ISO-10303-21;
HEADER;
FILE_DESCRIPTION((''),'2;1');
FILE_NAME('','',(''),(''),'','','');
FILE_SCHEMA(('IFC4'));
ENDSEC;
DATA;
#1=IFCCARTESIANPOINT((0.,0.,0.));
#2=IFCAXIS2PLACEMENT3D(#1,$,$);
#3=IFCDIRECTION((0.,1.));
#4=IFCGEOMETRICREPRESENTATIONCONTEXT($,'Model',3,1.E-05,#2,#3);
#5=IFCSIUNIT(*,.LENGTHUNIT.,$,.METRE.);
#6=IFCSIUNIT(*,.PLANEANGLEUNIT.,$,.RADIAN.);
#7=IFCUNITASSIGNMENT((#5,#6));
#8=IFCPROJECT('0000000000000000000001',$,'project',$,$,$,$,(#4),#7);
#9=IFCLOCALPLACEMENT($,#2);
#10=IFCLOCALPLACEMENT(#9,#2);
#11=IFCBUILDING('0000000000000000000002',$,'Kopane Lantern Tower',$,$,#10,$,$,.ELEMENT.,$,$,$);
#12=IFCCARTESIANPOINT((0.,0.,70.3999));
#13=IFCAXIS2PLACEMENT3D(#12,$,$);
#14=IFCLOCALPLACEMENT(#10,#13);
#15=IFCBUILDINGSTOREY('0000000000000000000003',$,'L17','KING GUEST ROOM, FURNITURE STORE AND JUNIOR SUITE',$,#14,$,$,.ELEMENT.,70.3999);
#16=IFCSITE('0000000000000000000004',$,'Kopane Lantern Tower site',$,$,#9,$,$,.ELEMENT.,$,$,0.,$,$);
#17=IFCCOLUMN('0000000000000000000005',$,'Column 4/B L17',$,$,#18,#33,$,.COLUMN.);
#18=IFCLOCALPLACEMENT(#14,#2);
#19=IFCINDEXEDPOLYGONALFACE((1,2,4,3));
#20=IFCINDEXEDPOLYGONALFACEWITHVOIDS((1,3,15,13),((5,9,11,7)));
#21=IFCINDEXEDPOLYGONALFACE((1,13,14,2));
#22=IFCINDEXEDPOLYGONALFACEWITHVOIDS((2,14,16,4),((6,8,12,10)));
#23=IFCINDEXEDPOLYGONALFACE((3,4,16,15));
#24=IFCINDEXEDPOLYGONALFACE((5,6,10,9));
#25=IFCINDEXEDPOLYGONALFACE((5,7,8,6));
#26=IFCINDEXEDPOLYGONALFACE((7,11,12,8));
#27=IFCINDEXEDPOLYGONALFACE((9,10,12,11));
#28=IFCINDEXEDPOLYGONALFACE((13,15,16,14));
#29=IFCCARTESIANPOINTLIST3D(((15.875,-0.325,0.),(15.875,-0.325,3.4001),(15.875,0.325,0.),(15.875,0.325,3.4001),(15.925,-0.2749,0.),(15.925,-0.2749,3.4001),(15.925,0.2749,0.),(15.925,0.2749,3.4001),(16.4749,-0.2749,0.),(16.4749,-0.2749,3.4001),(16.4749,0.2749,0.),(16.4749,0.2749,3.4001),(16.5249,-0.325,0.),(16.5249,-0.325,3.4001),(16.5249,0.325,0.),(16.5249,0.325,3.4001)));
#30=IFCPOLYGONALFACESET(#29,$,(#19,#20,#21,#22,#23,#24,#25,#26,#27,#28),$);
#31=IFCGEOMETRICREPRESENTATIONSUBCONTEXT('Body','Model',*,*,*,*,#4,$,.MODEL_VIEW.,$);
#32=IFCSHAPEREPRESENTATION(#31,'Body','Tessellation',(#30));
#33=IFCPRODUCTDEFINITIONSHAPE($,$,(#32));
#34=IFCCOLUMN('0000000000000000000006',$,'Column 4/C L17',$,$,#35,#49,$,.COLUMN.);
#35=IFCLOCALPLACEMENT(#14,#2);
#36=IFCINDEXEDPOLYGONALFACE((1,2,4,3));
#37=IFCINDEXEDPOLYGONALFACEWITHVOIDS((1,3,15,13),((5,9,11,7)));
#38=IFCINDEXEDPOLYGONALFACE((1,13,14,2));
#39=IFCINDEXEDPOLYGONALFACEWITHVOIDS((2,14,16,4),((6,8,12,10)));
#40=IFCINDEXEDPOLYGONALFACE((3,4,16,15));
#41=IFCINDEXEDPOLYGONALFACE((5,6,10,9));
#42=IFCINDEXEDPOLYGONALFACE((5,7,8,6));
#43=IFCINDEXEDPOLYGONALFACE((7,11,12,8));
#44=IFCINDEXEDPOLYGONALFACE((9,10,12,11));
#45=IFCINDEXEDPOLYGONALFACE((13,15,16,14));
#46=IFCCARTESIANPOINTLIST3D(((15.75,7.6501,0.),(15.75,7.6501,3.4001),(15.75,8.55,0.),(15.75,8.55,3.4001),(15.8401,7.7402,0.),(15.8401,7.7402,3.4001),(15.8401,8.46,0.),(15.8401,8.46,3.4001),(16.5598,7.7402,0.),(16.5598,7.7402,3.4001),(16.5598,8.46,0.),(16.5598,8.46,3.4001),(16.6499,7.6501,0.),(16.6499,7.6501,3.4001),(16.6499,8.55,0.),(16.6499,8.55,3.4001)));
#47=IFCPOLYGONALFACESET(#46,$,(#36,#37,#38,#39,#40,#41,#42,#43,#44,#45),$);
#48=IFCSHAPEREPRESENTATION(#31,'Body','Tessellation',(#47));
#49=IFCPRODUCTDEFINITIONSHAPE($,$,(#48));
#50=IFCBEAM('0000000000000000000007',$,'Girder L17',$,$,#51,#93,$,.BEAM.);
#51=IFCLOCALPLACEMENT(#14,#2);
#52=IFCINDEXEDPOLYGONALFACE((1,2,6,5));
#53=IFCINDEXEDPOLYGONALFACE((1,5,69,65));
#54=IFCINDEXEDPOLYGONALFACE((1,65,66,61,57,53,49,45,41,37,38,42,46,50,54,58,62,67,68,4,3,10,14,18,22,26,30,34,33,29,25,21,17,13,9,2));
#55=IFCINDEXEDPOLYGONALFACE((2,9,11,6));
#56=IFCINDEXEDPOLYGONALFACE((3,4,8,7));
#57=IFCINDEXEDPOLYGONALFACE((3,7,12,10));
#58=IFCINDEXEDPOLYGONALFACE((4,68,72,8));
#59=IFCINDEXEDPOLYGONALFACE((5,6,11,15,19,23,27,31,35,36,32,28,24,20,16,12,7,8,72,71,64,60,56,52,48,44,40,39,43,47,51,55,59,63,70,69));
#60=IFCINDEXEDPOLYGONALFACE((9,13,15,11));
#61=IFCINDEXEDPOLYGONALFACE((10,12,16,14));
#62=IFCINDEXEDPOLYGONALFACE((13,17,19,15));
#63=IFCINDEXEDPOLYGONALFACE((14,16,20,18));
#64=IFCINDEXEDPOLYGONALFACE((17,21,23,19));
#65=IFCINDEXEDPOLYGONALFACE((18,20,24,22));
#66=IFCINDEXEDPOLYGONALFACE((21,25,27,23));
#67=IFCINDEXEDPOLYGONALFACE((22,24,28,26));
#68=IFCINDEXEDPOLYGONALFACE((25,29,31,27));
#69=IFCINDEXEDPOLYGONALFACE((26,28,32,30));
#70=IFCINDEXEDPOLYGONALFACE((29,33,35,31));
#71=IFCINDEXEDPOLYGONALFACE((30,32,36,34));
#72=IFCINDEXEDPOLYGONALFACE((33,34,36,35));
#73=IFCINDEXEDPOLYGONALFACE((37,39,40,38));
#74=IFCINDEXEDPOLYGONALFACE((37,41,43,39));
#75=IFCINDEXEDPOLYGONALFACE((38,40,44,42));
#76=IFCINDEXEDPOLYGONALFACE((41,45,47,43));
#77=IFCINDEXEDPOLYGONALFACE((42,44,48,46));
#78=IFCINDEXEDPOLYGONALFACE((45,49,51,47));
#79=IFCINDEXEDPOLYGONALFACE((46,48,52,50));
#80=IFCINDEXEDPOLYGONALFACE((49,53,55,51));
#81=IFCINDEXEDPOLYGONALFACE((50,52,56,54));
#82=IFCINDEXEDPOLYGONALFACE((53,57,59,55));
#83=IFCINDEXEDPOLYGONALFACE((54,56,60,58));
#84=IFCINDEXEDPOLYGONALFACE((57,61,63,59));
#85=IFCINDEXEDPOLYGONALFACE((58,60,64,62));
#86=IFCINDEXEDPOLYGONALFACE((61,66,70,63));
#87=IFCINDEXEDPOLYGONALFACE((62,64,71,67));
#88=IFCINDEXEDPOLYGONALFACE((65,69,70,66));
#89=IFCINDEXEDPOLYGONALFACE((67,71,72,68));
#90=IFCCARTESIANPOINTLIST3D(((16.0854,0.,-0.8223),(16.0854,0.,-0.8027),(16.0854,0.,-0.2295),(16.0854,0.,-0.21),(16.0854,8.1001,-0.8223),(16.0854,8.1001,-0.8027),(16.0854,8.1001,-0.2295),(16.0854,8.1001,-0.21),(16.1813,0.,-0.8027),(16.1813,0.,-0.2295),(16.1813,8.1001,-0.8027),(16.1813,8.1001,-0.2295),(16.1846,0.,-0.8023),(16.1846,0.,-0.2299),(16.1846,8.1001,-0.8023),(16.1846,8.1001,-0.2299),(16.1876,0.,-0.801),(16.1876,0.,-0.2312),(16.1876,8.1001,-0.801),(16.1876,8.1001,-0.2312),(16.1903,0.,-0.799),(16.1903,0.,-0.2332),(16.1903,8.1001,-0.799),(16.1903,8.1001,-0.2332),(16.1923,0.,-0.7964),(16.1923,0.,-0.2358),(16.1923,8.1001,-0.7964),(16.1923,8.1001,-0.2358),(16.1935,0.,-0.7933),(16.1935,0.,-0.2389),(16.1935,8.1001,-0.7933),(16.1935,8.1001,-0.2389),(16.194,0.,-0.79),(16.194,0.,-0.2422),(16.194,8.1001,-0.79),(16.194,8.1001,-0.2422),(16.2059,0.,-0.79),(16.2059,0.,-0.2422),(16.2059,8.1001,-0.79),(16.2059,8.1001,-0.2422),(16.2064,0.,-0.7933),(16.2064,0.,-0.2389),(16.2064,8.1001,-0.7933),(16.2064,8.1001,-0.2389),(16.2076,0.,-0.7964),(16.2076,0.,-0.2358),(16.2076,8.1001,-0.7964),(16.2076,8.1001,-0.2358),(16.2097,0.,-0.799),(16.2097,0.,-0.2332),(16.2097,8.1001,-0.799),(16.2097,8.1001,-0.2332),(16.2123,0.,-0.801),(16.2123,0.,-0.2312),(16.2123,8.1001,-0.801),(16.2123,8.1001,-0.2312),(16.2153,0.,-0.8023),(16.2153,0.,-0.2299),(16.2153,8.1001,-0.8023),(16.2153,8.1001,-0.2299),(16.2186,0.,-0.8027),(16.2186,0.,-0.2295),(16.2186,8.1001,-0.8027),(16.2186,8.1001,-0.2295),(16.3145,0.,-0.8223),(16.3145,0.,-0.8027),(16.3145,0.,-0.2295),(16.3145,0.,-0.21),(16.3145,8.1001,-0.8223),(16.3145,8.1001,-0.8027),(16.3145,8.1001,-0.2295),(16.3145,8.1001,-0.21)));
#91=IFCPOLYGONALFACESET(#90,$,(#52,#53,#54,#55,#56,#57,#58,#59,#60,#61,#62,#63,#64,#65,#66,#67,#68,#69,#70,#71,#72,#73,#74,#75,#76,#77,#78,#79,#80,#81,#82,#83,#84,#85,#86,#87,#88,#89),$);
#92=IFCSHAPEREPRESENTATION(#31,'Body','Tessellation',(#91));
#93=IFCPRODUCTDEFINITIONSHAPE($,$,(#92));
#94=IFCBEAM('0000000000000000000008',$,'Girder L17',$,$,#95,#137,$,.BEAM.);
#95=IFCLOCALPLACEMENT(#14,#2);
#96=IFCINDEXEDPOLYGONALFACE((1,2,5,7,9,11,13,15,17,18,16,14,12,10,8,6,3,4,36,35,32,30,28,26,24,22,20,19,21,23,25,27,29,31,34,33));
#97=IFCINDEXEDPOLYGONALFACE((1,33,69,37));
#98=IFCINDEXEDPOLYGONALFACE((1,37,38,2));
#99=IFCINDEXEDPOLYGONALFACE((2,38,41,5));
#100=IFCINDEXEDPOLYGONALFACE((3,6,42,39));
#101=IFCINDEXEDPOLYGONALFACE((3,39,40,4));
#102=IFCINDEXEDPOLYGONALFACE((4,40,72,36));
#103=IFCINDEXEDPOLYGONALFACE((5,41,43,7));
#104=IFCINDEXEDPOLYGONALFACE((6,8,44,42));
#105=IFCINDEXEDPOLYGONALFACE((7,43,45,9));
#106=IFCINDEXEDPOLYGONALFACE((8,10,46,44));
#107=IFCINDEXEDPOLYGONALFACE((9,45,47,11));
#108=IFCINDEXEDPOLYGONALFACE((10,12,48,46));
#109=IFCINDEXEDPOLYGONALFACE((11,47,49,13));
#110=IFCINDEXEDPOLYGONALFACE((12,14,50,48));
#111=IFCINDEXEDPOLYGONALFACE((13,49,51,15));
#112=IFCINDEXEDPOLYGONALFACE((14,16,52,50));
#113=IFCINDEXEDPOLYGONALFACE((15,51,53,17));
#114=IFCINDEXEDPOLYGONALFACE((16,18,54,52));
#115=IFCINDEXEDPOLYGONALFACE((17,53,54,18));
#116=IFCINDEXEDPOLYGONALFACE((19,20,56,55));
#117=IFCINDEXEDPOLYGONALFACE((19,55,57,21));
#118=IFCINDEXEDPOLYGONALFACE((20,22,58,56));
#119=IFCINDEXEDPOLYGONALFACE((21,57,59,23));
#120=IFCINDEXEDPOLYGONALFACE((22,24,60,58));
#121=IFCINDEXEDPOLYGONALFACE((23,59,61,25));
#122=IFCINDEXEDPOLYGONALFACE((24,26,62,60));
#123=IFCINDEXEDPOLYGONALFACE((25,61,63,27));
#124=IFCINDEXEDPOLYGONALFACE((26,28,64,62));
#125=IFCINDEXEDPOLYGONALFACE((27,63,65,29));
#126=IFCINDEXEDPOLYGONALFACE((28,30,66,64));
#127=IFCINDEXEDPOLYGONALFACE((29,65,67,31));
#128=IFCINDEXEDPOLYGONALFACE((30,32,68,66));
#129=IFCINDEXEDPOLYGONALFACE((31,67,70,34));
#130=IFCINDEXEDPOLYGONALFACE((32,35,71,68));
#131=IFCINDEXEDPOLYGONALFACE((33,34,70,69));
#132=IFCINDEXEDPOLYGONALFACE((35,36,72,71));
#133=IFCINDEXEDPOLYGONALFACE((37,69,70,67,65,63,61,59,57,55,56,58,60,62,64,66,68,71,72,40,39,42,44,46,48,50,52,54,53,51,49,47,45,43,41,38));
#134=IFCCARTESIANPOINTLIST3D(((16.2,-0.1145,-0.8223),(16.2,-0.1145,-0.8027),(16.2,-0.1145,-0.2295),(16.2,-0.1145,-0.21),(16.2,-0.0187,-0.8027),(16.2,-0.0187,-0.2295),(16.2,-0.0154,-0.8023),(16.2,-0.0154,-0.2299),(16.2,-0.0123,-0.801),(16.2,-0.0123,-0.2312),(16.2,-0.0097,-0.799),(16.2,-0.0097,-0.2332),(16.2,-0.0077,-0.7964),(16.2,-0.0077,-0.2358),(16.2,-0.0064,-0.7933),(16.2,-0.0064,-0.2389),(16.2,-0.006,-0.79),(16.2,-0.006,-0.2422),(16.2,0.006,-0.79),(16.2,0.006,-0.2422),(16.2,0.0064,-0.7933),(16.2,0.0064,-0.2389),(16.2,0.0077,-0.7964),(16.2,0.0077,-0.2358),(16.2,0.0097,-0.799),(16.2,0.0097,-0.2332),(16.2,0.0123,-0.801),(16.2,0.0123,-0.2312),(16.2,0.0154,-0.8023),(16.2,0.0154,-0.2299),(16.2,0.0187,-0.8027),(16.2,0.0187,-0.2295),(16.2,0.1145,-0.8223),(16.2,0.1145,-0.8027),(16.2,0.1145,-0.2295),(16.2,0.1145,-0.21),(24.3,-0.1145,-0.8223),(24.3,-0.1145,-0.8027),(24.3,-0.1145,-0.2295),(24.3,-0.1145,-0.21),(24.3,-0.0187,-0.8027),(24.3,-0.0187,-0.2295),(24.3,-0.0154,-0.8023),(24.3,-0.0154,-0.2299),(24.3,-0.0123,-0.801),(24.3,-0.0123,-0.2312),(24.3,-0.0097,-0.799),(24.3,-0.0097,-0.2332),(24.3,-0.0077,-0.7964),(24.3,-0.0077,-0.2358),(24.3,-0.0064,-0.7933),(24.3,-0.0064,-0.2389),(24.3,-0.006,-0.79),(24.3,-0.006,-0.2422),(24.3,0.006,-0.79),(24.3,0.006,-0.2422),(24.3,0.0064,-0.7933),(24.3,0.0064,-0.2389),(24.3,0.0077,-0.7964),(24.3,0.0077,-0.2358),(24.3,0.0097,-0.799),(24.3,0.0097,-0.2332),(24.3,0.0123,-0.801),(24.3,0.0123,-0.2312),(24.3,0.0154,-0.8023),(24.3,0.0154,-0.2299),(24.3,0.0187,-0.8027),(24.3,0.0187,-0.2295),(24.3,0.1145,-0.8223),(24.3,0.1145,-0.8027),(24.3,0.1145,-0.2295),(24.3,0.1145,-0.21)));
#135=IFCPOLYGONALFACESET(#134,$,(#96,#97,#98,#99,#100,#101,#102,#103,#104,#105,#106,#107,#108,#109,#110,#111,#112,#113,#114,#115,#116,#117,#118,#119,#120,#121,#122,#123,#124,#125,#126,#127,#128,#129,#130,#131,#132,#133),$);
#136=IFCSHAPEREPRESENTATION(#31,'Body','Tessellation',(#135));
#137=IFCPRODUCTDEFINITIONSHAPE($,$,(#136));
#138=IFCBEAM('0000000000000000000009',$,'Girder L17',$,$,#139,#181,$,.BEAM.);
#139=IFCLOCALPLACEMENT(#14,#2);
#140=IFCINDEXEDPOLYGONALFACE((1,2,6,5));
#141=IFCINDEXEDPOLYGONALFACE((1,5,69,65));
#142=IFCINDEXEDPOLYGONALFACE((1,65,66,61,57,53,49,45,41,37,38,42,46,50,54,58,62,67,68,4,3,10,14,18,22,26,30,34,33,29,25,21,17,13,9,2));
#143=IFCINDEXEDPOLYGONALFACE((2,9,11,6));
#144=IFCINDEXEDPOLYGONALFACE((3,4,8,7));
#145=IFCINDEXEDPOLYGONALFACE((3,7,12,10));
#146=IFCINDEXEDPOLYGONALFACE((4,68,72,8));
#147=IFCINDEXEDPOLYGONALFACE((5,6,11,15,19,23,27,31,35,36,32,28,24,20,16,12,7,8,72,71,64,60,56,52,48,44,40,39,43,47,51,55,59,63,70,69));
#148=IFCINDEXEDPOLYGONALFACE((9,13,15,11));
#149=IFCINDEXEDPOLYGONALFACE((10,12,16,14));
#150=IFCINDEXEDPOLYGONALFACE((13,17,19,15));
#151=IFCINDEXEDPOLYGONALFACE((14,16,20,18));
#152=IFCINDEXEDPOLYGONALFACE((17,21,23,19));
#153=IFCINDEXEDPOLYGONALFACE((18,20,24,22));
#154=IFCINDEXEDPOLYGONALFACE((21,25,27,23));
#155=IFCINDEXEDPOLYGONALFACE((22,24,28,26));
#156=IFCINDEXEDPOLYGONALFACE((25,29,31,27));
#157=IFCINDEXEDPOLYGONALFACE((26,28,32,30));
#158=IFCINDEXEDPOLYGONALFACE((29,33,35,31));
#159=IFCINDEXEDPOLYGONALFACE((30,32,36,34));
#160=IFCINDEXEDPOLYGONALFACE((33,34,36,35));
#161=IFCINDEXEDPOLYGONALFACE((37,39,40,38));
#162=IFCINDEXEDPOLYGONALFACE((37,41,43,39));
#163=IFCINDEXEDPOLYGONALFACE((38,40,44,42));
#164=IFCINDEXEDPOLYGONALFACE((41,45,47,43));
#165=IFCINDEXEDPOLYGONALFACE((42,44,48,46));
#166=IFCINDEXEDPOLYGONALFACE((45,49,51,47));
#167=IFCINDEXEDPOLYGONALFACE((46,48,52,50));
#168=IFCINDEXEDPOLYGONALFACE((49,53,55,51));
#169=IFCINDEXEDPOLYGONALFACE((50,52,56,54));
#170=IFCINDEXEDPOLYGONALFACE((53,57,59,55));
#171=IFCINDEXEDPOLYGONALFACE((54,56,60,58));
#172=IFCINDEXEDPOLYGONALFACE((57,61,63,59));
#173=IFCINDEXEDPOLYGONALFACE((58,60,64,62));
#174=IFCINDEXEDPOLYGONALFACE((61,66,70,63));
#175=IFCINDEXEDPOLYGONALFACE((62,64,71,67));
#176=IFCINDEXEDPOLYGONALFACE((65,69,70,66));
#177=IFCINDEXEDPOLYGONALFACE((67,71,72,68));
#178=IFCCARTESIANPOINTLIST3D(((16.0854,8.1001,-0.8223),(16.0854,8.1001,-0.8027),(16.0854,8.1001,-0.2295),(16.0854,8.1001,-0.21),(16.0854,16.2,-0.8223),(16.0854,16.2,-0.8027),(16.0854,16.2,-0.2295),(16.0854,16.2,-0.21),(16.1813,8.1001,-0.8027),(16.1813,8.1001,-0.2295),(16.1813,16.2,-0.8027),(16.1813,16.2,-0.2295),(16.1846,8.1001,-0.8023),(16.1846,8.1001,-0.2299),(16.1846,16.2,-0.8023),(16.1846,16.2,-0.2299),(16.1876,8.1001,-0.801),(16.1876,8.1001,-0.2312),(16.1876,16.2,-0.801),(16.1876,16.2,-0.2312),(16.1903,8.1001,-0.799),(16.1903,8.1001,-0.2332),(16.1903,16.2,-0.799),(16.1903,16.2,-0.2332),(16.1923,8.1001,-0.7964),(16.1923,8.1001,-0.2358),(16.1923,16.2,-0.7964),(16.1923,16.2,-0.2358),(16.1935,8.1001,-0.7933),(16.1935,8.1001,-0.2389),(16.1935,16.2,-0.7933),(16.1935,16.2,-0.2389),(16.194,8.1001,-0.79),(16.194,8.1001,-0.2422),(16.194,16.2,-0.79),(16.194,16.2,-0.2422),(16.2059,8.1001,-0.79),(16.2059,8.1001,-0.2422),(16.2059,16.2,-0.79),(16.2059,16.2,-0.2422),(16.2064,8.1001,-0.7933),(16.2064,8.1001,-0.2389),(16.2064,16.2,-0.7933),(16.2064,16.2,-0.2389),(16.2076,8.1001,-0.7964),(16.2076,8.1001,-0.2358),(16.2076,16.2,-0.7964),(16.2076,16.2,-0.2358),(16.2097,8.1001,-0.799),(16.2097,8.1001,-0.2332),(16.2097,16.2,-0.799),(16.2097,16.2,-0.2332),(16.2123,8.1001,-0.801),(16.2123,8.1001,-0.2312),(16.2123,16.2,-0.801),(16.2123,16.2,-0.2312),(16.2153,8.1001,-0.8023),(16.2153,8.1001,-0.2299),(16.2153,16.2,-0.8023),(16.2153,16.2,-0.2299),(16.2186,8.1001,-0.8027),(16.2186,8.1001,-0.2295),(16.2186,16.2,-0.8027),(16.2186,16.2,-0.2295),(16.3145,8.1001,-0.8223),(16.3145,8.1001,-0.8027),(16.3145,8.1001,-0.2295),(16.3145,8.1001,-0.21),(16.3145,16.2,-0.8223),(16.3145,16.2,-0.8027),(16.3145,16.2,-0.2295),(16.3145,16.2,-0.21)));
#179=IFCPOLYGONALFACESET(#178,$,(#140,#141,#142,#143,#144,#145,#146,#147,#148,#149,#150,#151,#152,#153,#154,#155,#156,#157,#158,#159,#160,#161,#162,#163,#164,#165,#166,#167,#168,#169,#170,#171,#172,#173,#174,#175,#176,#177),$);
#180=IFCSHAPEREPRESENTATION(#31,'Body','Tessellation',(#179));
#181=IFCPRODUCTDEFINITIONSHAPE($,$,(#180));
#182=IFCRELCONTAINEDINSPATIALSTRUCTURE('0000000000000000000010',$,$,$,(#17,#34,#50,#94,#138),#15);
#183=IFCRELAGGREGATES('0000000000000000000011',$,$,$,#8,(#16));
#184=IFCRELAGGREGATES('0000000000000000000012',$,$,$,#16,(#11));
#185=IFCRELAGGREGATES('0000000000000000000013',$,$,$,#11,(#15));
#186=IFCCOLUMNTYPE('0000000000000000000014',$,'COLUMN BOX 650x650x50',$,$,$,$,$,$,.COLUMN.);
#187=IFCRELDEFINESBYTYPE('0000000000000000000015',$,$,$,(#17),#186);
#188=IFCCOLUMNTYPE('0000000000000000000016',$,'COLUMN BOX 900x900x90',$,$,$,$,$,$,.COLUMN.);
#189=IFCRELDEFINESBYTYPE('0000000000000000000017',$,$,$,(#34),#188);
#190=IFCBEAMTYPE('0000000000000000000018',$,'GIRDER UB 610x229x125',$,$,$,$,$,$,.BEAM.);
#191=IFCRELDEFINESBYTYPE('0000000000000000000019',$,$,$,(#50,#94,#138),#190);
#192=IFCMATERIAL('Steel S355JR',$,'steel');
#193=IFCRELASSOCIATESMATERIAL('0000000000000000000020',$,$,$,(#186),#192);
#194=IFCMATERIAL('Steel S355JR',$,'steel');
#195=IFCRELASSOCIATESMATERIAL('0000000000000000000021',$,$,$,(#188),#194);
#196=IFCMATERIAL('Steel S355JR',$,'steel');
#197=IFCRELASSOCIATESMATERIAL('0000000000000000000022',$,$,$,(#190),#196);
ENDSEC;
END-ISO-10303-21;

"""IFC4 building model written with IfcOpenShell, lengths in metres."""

from ifc_helpers import new_model, si_unit, direction, frame, origin, origin_2d, place, context, subcontext, project, spatial, hollow_rectangle, i_section, extrude, material, material_profile, profile_set, type_object, element, save


model = new_model("IFC4")

# Units and contexts
model_context = context("Model", 3, precision=1e-05, world=origin(), true_north=direction((0.0, 1.0)))
body_context = subcontext(model_context, "Body", "Model", "MODEL_VIEW")
ifc_project = project(units=[si_unit("LENGTHUNIT", "METRE"), si_unit("PLANEANGLEUNIT", "RADIAN")], contexts=[model_context])

# Site, building, storey
site_placement = place(None, origin())
site = spatial("IfcSite", under=ifc_project, at=site_placement, Name="Kopane Lantern Tower site", CompositionType="ELEMENT", RefElevation=0.0)
building_placement = place(site_placement, origin())
building = spatial("IfcBuilding", under=site, at=building_placement, Name="Kopane Lantern Tower", CompositionType="ELEMENT")
storey_placement = place(building_placement, frame((0.0, 0.0, 70.3999)))
storey = spatial("IfcBuildingStorey", under=building, at=storey_placement, Name="L17", Description="KING GUEST ROOM, FURNITURE STORE AND JUNIOR SUITE", CompositionType="ELEMENT", Elevation=70.3999)

# Columns
ifc_material_1 = material(Name="Steel S355JR", Category="steel")
ifc_material_profile_1 = material_profile(ifc_material_1, hollow_rectangle(XDim=0.6499, YDim=0.6499, WallThickness=0.05, at=origin_2d()), Name="BOX 650x650x50")
ifc_profile_set_1 = profile_set([ifc_material_profile_1], Name="Steel S355JR")
column_type_1 = type_object("IfcColumnType", Name="COLUMN BOX 650x650x50", PredefinedType="COLUMN", material=ifc_profile_set_1)
column_1_placement = place(storey_placement, frame((16.2, 0.0, 0.0), z_axis=(0.0, 0.0, 1.0), x_axis=(1.0, 0.0, 0.0)))
element("IfcColumn", 1, at=column_1_placement, inside=storey, type_object=column_type_1, Name="Column 4/B L17", PredefinedType="COLUMN", context=body_context, shape_type="SweptSolid", body=[
    extrude(hollow_rectangle(XDim=0.6499, YDim=0.6499, WallThickness=0.05, at=origin_2d()), origin(), (0.0, 0.0, 1.0), 3.4001),
])
ifc_material_2 = material(Name="Steel S355JR", Category="steel")
ifc_material_profile_2 = material_profile(ifc_material_2, hollow_rectangle(XDim=0.8999, YDim=0.8999, WallThickness=0.0901, at=origin_2d()), Name="BOX 900x900x90")
ifc_profile_set_2 = profile_set([ifc_material_profile_2], Name="Steel S355JR")
column_type_2 = type_object("IfcColumnType", Name="COLUMN BOX 900x900x90", PredefinedType="COLUMN", material=ifc_profile_set_2)
column_2_placement = place(storey_placement, frame((16.2, 8.1001, 0.0), z_axis=(0.0, 0.0, 1.0), x_axis=(1.0, 0.0, 0.0)))
element("IfcColumn", 2, at=column_2_placement, inside=storey, type_object=column_type_2, Name="Column 4/C L17", PredefinedType="COLUMN", context=body_context, shape_type="SweptSolid", body=[
    extrude(hollow_rectangle(XDim=0.8999, YDim=0.8999, WallThickness=0.0901, at=origin_2d()), origin(), (0.0, 0.0, 1.0), 3.4001),
])

# Beams
ifc_material_3 = material(Name="Steel S355JR", Category="steel")
ifc_material_profile_3 = material_profile(ifc_material_3, i_section(OverallWidth=0.229, OverallDepth=0.6123, WebThickness=0.012, FlangeThickness=0.0195, FilletRadius=0.0127, at=origin_2d()), Name="UB 610x229x125")
ifc_profile_set_3 = profile_set([ifc_material_profile_3], Name="Steel S355JR")
beam_type = type_object("IfcBeamType", Name="GIRDER UB 610x229x125", PredefinedType="BEAM", material=ifc_profile_set_3)
for number, where, z_axis, x_axis, name in (
    (3, (16.2, 0.0, -0.5161), (0.0, 1.0, 0.0), (-1.0, 0.0, 0.0), "Girder L17"),
    (4, (16.2, 0.0, -0.5161), (1.0, 0.0, 0.0), (0.0, 1.0, 0.0), "Girder L17"),
):
    element("IfcBeam", number, at=place(storey_placement, frame(where, z_axis=z_axis, x_axis=x_axis)), inside=storey, type_object=beam_type, Name=name, PredefinedType="BEAM", context=body_context, shape_type="SweptSolid", body=[
        extrude(i_section(OverallWidth=0.229, OverallDepth=0.6123, WebThickness=0.012, FlangeThickness=0.0195, FilletRadius=0.0127, at=origin_2d()), origin(), (0.0, 0.0, 1.0), 8.1001),
    ])
beam_1_placement = place(storey_placement, frame((16.2, 8.1001, -0.5161), z_axis=(0.0, 1.0, 0.0), x_axis=(-1.0, 0.0, 0.0)))
element("IfcBeam", 5, at=beam_1_placement, inside=storey, type_object=beam_type, Name="Girder L17", PredefinedType="BEAM", context=body_context, shape_type="SweptSolid", body=[
    extrude(i_section(OverallWidth=0.229, OverallDepth=0.6123, WebThickness=0.012, FlangeThickness=0.0195, FilletRadius=0.0127, at=origin_2d()), origin(), (0.0, 0.0, 1.0), 8.0999),
])

save(model, "model.ifc")
